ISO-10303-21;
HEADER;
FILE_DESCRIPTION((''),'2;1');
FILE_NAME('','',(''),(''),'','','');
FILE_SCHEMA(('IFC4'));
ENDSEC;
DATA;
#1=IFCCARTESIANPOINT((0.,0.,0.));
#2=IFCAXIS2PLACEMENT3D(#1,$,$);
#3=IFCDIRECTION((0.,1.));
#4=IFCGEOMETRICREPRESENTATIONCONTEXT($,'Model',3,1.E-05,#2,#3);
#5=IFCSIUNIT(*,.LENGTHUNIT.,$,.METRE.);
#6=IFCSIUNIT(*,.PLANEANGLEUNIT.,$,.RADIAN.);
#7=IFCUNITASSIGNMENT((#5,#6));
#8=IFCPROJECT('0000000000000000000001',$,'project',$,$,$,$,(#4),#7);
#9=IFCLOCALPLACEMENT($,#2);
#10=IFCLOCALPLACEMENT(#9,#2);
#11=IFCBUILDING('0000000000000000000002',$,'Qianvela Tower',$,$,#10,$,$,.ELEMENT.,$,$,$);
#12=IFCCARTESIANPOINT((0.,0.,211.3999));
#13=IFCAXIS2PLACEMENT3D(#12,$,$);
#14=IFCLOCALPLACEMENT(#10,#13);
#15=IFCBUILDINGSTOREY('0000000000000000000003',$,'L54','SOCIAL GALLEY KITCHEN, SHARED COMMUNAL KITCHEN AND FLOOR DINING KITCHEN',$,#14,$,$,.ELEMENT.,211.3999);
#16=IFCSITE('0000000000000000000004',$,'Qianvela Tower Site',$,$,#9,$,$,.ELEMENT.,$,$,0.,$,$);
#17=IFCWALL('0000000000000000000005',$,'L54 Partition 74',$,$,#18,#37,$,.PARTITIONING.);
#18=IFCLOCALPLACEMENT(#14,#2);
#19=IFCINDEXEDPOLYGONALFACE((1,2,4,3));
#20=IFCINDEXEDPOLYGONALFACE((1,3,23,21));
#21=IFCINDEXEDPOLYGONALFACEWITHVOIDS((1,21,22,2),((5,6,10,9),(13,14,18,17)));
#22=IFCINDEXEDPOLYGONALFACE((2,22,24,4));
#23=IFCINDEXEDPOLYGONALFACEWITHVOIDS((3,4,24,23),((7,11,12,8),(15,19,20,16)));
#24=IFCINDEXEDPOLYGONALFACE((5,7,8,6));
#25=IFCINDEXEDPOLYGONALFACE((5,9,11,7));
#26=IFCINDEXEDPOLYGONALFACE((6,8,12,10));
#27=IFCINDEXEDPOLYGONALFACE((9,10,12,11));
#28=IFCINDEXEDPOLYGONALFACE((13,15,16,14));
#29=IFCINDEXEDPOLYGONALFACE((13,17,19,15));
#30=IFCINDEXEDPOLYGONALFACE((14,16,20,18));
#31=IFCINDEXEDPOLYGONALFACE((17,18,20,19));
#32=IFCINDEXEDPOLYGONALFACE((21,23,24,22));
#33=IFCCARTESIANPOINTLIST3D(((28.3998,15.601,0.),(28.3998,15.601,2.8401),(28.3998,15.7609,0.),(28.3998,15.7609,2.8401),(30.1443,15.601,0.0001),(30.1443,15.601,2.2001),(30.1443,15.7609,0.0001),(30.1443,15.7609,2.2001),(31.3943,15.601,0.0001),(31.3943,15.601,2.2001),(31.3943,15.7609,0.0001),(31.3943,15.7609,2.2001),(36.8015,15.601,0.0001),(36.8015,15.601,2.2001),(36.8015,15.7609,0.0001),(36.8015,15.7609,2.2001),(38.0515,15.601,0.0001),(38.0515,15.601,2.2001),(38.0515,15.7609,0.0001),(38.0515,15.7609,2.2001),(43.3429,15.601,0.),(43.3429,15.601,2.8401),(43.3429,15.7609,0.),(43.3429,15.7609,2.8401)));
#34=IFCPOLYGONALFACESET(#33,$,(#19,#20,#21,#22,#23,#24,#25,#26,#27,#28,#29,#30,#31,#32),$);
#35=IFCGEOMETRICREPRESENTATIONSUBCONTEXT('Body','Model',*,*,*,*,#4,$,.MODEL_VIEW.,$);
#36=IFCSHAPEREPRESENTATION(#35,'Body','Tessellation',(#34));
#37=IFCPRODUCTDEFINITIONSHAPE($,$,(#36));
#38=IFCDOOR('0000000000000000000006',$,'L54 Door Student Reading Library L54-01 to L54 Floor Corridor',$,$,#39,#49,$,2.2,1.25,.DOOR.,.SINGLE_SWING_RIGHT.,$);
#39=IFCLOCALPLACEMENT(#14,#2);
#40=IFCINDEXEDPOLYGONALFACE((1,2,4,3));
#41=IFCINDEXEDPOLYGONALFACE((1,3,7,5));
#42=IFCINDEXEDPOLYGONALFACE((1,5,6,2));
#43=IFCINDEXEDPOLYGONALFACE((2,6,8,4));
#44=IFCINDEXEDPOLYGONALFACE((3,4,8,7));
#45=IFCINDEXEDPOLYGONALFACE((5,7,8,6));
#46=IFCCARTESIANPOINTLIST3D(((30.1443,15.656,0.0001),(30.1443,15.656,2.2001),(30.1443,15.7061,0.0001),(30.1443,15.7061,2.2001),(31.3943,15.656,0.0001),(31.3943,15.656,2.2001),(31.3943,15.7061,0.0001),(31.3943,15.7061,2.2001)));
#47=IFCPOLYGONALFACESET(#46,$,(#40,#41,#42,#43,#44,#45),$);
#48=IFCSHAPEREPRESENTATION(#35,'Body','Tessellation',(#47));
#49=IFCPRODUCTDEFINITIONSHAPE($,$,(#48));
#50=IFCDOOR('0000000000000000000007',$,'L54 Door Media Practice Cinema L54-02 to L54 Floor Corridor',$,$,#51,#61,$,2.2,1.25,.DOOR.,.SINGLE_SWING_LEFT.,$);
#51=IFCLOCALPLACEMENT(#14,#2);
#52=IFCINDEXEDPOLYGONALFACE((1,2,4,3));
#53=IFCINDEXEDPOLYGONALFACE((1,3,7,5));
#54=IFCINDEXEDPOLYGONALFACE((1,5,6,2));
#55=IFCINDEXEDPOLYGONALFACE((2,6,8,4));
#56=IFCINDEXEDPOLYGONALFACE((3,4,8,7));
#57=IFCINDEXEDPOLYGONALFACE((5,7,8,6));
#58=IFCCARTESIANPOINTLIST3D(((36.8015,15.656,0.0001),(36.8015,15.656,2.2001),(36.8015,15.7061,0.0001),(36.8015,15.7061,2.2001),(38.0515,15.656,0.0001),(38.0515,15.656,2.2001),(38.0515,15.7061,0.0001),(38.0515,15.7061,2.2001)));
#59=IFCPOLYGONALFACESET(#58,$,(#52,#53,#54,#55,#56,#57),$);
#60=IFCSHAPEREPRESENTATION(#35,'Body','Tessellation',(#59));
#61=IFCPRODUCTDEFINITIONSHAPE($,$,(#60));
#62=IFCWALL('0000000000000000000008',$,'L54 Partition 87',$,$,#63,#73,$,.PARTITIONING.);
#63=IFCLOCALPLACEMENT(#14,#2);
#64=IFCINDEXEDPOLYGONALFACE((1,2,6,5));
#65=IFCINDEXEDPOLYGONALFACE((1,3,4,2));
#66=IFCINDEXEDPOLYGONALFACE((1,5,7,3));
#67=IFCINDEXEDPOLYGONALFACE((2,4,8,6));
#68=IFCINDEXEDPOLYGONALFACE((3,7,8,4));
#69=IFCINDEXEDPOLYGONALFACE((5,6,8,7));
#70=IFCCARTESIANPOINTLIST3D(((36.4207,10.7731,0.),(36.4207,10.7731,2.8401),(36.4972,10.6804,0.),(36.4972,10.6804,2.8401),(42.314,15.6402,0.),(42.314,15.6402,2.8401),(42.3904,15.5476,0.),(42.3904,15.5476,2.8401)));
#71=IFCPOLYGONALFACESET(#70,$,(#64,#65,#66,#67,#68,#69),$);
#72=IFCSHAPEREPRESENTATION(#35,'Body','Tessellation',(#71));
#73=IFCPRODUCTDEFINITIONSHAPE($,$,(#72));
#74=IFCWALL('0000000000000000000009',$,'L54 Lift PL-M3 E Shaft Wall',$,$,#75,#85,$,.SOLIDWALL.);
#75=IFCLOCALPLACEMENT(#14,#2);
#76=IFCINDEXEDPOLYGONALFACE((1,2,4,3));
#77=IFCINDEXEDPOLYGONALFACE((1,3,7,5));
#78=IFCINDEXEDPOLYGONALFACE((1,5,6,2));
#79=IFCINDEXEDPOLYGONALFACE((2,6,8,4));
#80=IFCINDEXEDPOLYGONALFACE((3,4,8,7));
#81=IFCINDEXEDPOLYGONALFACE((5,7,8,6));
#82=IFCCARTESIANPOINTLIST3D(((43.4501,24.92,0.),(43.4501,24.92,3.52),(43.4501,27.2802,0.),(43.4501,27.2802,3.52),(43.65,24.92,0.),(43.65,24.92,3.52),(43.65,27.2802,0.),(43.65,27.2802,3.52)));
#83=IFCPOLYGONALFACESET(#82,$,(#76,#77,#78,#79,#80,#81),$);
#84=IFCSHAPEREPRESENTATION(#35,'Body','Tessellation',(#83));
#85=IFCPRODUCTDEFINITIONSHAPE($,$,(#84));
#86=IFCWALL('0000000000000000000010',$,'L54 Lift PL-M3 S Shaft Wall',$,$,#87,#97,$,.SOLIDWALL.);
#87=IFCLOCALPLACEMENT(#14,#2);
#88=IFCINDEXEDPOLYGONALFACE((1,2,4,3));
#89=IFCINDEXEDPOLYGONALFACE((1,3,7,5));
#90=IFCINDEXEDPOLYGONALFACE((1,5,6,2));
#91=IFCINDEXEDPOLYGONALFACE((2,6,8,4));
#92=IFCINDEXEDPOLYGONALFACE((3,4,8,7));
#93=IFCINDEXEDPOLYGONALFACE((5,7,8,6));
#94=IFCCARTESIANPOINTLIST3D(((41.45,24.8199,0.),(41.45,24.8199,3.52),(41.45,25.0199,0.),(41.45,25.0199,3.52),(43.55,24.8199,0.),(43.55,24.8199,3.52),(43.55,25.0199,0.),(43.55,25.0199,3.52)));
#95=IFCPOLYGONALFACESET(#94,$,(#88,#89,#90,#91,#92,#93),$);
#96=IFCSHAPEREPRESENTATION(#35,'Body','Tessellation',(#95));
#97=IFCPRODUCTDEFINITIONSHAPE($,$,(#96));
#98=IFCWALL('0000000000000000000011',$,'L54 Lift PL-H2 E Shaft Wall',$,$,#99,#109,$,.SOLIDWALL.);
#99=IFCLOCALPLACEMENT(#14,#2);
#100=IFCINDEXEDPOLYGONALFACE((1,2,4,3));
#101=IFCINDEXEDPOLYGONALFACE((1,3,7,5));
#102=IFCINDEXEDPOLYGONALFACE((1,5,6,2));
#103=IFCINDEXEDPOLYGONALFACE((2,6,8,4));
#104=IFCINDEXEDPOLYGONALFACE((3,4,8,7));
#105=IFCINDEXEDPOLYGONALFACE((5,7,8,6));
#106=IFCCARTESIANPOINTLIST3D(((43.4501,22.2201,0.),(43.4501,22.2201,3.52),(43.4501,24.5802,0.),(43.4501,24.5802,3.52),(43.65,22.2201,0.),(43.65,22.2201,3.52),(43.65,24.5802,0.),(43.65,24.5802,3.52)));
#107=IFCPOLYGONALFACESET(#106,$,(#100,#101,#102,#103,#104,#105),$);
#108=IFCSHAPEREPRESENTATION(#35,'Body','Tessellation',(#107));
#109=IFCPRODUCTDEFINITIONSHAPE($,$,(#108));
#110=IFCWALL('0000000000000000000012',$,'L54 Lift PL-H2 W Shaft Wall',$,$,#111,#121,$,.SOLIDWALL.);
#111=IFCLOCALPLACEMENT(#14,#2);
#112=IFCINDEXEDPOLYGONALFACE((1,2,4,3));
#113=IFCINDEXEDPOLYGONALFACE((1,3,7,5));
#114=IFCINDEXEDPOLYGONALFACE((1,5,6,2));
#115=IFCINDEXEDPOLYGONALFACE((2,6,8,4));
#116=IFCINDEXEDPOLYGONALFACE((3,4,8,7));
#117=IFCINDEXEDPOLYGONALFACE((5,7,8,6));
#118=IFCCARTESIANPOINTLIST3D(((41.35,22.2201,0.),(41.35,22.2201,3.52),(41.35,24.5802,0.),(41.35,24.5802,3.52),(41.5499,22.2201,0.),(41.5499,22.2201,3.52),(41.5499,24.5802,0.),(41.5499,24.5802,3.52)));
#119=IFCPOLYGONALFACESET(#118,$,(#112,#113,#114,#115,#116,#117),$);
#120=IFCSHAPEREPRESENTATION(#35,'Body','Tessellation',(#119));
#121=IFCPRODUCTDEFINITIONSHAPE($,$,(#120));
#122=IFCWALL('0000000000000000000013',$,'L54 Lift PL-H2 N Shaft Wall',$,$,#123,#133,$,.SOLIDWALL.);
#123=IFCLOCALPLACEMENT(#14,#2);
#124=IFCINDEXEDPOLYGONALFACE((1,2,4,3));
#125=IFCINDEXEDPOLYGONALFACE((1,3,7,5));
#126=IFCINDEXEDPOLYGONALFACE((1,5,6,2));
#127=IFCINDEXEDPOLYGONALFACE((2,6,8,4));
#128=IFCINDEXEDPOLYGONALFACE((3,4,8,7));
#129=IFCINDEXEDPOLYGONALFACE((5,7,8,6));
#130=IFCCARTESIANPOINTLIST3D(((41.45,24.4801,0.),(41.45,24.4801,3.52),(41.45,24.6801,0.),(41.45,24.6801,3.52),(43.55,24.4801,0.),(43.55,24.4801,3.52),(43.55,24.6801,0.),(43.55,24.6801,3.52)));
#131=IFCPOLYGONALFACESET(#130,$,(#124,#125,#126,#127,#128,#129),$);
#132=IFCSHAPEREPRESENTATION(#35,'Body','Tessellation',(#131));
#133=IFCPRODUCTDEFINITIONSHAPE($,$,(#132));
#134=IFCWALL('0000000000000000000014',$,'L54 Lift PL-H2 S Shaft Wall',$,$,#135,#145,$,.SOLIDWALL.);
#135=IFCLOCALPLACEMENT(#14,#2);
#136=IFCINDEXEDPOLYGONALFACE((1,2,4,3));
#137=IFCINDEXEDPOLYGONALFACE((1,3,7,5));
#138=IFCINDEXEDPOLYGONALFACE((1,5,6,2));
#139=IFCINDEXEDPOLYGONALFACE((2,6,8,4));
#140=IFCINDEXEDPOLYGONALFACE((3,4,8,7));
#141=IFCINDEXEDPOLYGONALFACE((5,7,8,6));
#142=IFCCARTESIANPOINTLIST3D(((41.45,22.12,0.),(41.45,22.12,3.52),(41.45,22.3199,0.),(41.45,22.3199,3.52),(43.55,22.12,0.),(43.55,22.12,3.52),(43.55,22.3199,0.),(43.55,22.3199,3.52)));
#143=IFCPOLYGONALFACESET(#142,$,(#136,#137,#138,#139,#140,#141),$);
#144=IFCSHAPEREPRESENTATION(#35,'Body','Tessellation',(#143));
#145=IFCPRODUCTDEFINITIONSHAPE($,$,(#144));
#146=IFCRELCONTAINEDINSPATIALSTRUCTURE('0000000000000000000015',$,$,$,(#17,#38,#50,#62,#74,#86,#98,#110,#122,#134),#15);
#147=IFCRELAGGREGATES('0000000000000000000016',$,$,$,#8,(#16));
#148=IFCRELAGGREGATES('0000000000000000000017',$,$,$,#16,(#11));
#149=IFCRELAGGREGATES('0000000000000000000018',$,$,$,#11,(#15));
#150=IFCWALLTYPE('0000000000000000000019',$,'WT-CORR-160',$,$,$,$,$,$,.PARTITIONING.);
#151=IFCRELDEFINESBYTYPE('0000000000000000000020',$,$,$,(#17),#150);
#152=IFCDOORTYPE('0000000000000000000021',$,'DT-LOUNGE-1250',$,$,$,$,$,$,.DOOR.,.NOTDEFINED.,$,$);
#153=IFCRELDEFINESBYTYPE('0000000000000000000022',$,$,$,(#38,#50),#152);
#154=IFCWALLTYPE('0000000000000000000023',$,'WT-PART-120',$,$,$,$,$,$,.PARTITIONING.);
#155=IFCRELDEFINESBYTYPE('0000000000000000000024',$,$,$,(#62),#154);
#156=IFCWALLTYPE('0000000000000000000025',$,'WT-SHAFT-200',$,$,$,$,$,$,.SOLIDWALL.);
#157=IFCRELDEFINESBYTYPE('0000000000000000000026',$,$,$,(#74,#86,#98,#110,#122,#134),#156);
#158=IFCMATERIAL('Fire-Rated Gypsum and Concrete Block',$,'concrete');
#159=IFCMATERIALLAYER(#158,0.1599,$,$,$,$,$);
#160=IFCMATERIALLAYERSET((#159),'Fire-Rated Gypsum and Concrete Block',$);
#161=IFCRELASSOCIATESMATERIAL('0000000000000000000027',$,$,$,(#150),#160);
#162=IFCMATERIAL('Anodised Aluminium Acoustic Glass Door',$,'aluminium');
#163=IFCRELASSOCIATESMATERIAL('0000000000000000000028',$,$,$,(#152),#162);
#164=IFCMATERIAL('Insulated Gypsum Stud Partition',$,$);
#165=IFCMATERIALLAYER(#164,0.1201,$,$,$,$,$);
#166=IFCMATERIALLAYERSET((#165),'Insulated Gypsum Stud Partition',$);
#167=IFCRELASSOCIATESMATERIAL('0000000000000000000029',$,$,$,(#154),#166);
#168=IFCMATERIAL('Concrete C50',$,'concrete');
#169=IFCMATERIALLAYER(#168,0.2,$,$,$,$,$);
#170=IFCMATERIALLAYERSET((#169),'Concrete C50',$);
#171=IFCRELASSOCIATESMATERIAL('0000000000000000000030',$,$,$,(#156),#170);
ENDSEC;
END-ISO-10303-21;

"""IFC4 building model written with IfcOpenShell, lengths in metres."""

from ifc_helpers import new_model, si_unit, direction, frame, frame_2d, origin, place, context, subcontext, project, spatial, rectangle, extrude, material, layer, layer_set, type_object, element, fill, save


model = new_model("IFC4")

# Units and contexts
model_context = context("Model", 3, precision=1e-05, world=origin(), true_north=direction((0.0, 1.0)))
body_context = subcontext(model_context, "Body", "Model", "MODEL_VIEW")
ifc_project = project(units=[si_unit("LENGTHUNIT", "METRE"), si_unit("PLANEANGLEUNIT", "RADIAN")], contexts=[model_context])

# Site, building, storey
site_placement = place(None, origin())
site = spatial("IfcSite", under=ifc_project, at=site_placement, Name="Qianvela Tower Site", CompositionType="ELEMENT", RefElevation=0.0)
building_placement = place(site_placement, origin())
building = spatial("IfcBuilding", under=site, at=building_placement, Name="Qianvela Tower", CompositionType="ELEMENT")
storey_placement = place(building_placement, frame((0.0, 0.0, 211.3999)))
storey = spatial("IfcBuildingStorey", under=building, at=storey_placement, Name="L54", Description="SOCIAL GALLEY KITCHEN, SHARED COMMUNAL KITCHEN AND FLOOR DINING KITCHEN", CompositionType="ELEMENT", Elevation=211.3999)

# Shared definitions
ifc_material_1 = material(Name="Fire-Rated Gypsum and Concrete Block", Category="concrete")
ifc_layer_1 = layer(ifc_material_1, 0.1599)
ifc_layer_set_1 = layer_set([ifc_layer_1], Name="Fire-Rated Gypsum and Concrete Block")
wall_type_1 = type_object("IfcWallType", Name="WT-CORR-160", PredefinedType="PARTITIONING", material=ifc_layer_set_1)

# Wall, openings, doors
wall_1_placement = place(storey_placement, frame((43.343, 15.6809, 0.0), z_axis=(0.0, 0.0, 1.0), x_axis=(-1.0, 0.0, 0.0)))
wall_1 = element("IfcWall", 1, at=wall_1_placement, inside=storey, type_object=wall_type_1, Name="L54 Partition 74", PredefinedType="PARTITIONING", context=body_context, shape_type="SweptSolid", body=[
    extrude(rectangle(XDim=14.9431, YDim=0.1599, at=frame_2d((7.4717, 0.0))), origin(), (0.0, 0.0, 1.0), 2.8401),
])
opening_1_placement = place(wall_1_placement, frame((11.9487, 0.0, 0.0)))
opening_1 = element("IfcOpeningElement", 2, at=opening_1_placement, cuts=wall_1, PredefinedType="OPENING", context=body_context, shape_type="SweptSolid", body=[
    extrude(rectangle(XDim=1.25, YDim=2.2, at=frame_2d((0.625, 1.1001))), frame((0.0, 0.0898, 0.0), z_axis=(0.0, -1.0, 0.0), x_axis=(1.0, 0.0, 0.0)), (0.0, 0.0, 1.0), 0.1799),
])
opening_2_placement = place(wall_1_placement, frame((5.2915, 0.0, 0.0)))
opening_2 = element("IfcOpeningElement", 3, at=opening_2_placement, cuts=wall_1, PredefinedType="OPENING", context=body_context, shape_type="SweptSolid", body=[
    extrude(rectangle(XDim=1.25, YDim=2.2, at=frame_2d((0.625, 1.1001))), frame((0.0, 0.0898, 0.0), z_axis=(0.0, -1.0, 0.0), x_axis=(1.0, 0.0, 0.0)), (0.0, 0.0, 1.0), 0.1799),
])
ifc_material_2 = material(Name="Anodised Aluminium Acoustic Glass Door", Category="aluminium")
door_type_1 = type_object("IfcDoorType", Name="DT-LOUNGE-1250", OperationType="NOTDEFINED", PredefinedType="DOOR", material=ifc_material_2)
door_1_placement = place(opening_1_placement, origin())
door_1 = element("IfcDoor", 4, at=door_1_placement, inside=storey, type_object=door_type_1, Name="L54 Door Student Reading Library L54-01 to L54 Floor Corridor", OperationType="SINGLE_SWING_RIGHT", OverallHeight=2.2, OverallWidth=1.25, PredefinedType="DOOR", context=body_context, shape_type="SweptSolid", body=[
    extrude(rectangle(XDim=1.25, YDim=2.2, at=frame_2d((0.625, 1.1001))), frame((0.0, 0.0249, 0.0), z_axis=(0.0, -1.0, 0.0), x_axis=(1.0, 0.0, 0.0)), (0.0, 0.0, 1.0), 0.05),
])
fill(opening_1, door_1)
door_2_placement = place(opening_2_placement, origin())
door_2 = element("IfcDoor", 5, at=door_2_placement, inside=storey, type_object=door_type_1, Name="L54 Door Media Practice Cinema L54-02 to L54 Floor Corridor", OperationType="SINGLE_SWING_LEFT", OverallHeight=2.2, OverallWidth=1.25, PredefinedType="DOOR", context=body_context, shape_type="SweptSolid", body=[
    extrude(rectangle(XDim=1.25, YDim=2.2, at=frame_2d((0.625, 1.1001))), frame((0.0, 0.0249, 0.0), z_axis=(0.0, -1.0, 0.0), x_axis=(1.0, 0.0, 0.0)), (0.0, 0.0, 1.0), 0.05),
])
fill(opening_2, door_2)

# Walls
ifc_material_3 = material(Name="Insulated Gypsum Stud Partition")
ifc_layer_2 = layer(ifc_material_3, 0.1201)
ifc_layer_set_2 = layer_set([ifc_layer_2], Name="Insulated Gypsum Stud Partition")
wall_type_2 = type_object("IfcWallType", Name="WT-PART-120", PredefinedType="PARTITIONING", material=ifc_layer_set_2)
wall_2_placement = place(storey_placement, frame((42.3523, 15.594, 0.0), z_axis=(0.0, 0.0, 1.0), x_axis=(-0.771039, -0.636788, 0.0)))
element("IfcWall", 6, at=wall_2_placement, inside=storey, type_object=wall_type_2, Name="L54 Partition 87", PredefinedType="PARTITIONING", context=body_context, shape_type="SweptSolid", body=[
    extrude(rectangle(XDim=7.6433, YDim=0.1201, at=frame_2d((3.8218, 0.0))), origin(), (0.0, 0.0, 1.0), 2.8401),
])
ifc_material_4 = material(Name="Concrete C50", Category="concrete")
ifc_layer_3 = layer(ifc_material_4, 0.2)
ifc_layer_set_3 = layer_set([ifc_layer_3], Name="Concrete C50")
wall_type_3 = type_object("IfcWallType", Name="WT-SHAFT-200", PredefinedType="SOLIDWALL", material=ifc_layer_set_3)
wall_3_placement = place(storey_placement, frame((43.55, 24.9199, 0.0), z_axis=(0.0, 0.0, 1.0), x_axis=(0.0, 1.0, 0.0)))
element("IfcWall", 7, at=wall_3_placement, inside=storey, type_object=wall_type_3, Name="L54 Lift PL-M3 E Shaft Wall", PredefinedType="SOLIDWALL", context=body_context, shape_type="SweptSolid", body=[
    extrude(rectangle(XDim=2.3601, YDim=0.2, at=frame_2d((1.1802, 0.0))), origin(), (0.0, 0.0, 1.0), 3.52),
])

# Walls
wall_4_placement = place(storey_placement, frame((41.45, 24.9199, 0.0), z_axis=(0.0, 0.0, 1.0), x_axis=(1.0, 0.0, 0.0)))
element("IfcWall", 8, at=wall_4_placement, inside=storey, type_object=wall_type_3, Name="L54 Lift PL-M3 S Shaft Wall", PredefinedType="SOLIDWALL", context=body_context, shape_type="SweptSolid", body=[
    extrude(rectangle(XDim=2.1001, YDim=0.2, at=frame_2d((1.05, 0.0))), origin(), (0.0, 0.0, 1.0), 3.52),
])
for number, where, z_axis, x_axis, name in (
    (9, (43.55, 22.22, 0.0), (0.0, 0.0, 1.0), (0.0, 1.0, 0.0), "L54 Lift PL-H2 E Shaft Wall"),
    (10, (41.45, 22.22, 0.0), (0.0, 0.0, 1.0), (0.0, 1.0, 0.0), "L54 Lift PL-H2 W Shaft Wall"),
):
    element("IfcWall", number, at=place(storey_placement, frame(where, z_axis=z_axis, x_axis=x_axis)), inside=storey, type_object=wall_type_3, Name=name, PredefinedType="SOLIDWALL", context=body_context, shape_type="SweptSolid", body=[
        extrude(rectangle(XDim=2.3601, YDim=0.2, at=frame_2d((1.1802, 0.0))), origin(), (0.0, 0.0, 1.0), 3.52),
    ])
for number, where, z_axis, x_axis, name in (
    (11, (41.45, 24.5801, 0.0), (0.0, 0.0, 1.0), (1.0, 0.0, 0.0), "L54 Lift PL-H2 N Shaft Wall"),
    (12, (41.45, 22.22, 0.0), (0.0, 0.0, 1.0), (1.0, 0.0, 0.0), "L54 Lift PL-H2 S Shaft Wall"),
):
    element("IfcWall", number, at=place(storey_placement, frame(where, z_axis=z_axis, x_axis=x_axis)), inside=storey, type_object=wall_type_3, Name=name, PredefinedType="SOLIDWALL", context=body_context, shape_type="SweptSolid", body=[
        extrude(rectangle(XDim=2.1001, YDim=0.2, at=frame_2d((1.05, 0.0))), origin(), (0.0, 0.0, 1.0), 3.52),
    ])

save(model, "model.ifc")
